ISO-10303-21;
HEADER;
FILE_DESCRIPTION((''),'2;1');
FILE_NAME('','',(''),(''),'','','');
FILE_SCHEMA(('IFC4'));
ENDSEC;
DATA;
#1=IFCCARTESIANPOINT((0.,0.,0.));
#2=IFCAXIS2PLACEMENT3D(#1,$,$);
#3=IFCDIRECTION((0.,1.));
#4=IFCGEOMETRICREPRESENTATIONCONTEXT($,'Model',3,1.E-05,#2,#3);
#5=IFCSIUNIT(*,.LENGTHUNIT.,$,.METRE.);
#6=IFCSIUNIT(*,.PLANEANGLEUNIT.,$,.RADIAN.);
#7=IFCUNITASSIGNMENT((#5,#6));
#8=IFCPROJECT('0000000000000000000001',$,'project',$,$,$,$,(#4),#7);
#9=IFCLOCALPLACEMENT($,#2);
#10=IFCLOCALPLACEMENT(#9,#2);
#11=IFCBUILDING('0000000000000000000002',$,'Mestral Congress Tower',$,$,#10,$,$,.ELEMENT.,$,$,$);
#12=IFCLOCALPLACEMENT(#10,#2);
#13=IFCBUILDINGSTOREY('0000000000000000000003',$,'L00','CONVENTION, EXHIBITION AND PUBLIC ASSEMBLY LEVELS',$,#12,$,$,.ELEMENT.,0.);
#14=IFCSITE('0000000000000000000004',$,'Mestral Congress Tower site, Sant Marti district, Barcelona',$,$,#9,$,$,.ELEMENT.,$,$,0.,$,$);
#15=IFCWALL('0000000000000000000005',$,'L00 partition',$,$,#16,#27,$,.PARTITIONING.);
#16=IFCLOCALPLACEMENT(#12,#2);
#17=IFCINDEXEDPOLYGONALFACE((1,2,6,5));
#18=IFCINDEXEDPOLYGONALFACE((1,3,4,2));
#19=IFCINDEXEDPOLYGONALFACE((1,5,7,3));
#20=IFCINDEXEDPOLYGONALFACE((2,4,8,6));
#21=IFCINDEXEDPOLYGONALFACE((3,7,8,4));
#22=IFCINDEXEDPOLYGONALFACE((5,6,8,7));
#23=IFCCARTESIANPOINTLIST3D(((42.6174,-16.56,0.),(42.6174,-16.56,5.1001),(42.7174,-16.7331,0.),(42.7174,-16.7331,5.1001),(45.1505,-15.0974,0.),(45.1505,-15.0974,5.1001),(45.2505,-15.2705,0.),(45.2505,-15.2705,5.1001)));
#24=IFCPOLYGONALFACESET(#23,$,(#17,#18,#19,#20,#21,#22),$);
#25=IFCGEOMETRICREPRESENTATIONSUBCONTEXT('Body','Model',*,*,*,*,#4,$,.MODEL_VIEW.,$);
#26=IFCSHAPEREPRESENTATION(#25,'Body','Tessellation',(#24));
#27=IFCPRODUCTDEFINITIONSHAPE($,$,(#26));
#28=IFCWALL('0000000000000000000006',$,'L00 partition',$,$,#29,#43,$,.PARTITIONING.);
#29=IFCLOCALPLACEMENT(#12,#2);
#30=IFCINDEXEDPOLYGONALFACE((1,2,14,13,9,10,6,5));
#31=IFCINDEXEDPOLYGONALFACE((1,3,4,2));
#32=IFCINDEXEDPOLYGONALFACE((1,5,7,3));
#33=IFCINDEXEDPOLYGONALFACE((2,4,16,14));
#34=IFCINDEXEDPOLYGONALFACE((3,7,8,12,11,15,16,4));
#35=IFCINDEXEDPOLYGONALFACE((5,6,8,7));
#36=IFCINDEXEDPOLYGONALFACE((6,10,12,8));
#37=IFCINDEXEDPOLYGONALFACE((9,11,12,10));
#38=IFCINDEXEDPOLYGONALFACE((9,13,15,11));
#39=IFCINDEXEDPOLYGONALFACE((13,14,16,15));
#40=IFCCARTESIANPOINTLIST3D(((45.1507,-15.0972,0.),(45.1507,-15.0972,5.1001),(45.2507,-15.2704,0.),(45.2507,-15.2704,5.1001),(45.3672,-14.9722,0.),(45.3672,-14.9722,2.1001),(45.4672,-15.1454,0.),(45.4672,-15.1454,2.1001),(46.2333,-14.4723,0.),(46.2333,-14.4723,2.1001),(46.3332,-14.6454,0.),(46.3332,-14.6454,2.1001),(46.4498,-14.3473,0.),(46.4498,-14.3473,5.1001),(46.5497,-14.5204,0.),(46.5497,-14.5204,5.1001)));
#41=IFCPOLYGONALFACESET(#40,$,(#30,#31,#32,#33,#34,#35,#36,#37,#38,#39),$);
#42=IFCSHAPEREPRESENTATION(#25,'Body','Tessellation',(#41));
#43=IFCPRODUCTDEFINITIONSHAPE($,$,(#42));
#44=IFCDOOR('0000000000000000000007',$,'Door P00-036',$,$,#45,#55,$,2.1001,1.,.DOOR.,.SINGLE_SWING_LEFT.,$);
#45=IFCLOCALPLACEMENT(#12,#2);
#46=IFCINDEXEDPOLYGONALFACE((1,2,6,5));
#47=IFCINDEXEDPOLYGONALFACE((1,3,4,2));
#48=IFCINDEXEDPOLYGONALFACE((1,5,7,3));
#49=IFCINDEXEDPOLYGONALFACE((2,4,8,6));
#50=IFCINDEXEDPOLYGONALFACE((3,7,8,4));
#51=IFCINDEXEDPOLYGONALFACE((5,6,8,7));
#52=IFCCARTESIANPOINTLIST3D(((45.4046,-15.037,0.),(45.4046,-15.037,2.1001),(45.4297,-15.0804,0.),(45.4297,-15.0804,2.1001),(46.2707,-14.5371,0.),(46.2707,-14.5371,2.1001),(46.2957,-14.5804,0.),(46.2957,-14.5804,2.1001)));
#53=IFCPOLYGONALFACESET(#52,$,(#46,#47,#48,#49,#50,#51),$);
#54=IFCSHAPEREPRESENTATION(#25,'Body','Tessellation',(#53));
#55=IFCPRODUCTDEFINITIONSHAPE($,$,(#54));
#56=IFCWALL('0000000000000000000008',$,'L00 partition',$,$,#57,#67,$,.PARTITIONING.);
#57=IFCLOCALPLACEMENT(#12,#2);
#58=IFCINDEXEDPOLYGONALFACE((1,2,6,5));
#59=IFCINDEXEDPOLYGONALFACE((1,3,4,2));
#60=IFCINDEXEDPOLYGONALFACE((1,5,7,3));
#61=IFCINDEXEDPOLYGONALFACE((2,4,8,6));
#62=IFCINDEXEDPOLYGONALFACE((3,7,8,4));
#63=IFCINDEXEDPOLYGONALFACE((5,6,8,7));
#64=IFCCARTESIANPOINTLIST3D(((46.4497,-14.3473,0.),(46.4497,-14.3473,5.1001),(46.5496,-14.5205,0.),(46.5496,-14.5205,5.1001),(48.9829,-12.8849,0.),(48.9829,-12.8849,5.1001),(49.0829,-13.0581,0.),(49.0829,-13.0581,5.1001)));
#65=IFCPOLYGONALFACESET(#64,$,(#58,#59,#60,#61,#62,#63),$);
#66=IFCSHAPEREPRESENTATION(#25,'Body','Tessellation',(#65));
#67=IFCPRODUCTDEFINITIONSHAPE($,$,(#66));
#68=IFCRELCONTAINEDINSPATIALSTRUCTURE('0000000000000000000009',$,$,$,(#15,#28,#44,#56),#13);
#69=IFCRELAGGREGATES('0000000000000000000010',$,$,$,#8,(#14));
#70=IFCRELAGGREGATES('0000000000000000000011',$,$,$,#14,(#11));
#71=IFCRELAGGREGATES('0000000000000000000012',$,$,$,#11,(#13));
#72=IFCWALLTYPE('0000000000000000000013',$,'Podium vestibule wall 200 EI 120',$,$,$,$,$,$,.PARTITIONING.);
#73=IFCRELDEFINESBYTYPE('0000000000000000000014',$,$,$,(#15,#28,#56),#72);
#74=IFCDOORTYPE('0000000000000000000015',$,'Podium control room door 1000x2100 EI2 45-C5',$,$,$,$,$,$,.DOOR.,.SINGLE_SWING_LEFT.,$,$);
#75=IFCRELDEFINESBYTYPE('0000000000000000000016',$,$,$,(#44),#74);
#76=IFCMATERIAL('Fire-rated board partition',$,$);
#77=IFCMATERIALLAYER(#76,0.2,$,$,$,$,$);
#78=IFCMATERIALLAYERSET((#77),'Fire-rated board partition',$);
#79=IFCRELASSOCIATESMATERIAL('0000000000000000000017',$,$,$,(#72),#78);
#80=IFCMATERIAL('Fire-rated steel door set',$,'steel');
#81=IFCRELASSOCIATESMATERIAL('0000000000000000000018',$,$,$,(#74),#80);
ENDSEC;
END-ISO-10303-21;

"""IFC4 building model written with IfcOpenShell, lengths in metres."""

from ifc_helpers import new_model, si_unit, direction, frame, frame_2d, origin, place, context, subcontext, project, spatial, rectangle, extrude, material, layer, layer_set, type_object, element, fill, save


model = new_model("IFC4")

# Units and contexts
model_context = context("Model", 3, precision=1e-05, world=origin(), true_north=direction((0.0, 1.0)))
body_context = subcontext(model_context, "Body", "Model", "MODEL_VIEW")
ifc_project = project(units=[si_unit("LENGTHUNIT", "METRE"), si_unit("PLANEANGLEUNIT", "RADIAN")], contexts=[model_context])

# Site, building, storey
site_placement = place(None, origin())
site = spatial("IfcSite", under=ifc_project, at=site_placement, Name="Mestral Congress Tower site, Sant Marti district, Barcelona", CompositionType="ELEMENT", RefElevation=0.0)
building_placement = place(site_placement, origin())
building = spatial("IfcBuilding", under=site, at=building_placement, Name="Mestral Congress Tower", CompositionType="ELEMENT")
storey_placement = place(building_placement, origin())
storey = spatial("IfcBuildingStorey", under=building, at=storey_placement, Name="L00", Description="CONVENTION, EXHIBITION AND PUBLIC ASSEMBLY LEVELS", CompositionType="ELEMENT", Elevation=0.0)

# Shared definitions
ifc_material_1 = material(Name="Fire-rated steel door set", Category="steel")

# Shared definitions
ifc_material_2 = material(Name="Fire-rated board partition")
ifc_layer_1 = layer(ifc_material_2, 0.2)
ifc_layer_set_1 = layer_set([ifc_layer_1], Name="Fire-rated board partition")
wall_type_1 = type_object("IfcWallType", Name="Podium vestibule wall 200 EI 120", PredefinedType="PARTITIONING", material=ifc_layer_set_1)

# Wall
wall_1_placement = place(storey_placement, frame((42.6675, -16.6465, 0.0), z_axis=(0.0, 0.0, 1.0), x_axis=(0.86601, 0.500026, 0.0)))
element("IfcWall", 1, at=wall_1_placement, inside=storey, type_object=wall_type_1, Name="L00 partition", PredefinedType="PARTITIONING", context=body_context, shape_type="SweptSolid", body=[
    extrude(rectangle(XDim=2.925, YDim=0.2, at=frame_2d((1.4624, 0.0))), origin(), (0.0, 0.0, 1.0), 5.1001),
])

# Wall, opening, door
wall_2_placement = place(storey_placement, frame((46.4998, -14.4338, 0.0), z_axis=(0.0, 0.0, 1.0), x_axis=(-0.866031, -0.49999, 0.0)))
wall_2 = element("IfcWall", 2, at=wall_2_placement, inside=storey, type_object=wall_type_1, Name="L00 partition", PredefinedType="PARTITIONING", context=body_context, shape_type="SweptSolid", body=[
    extrude(rectangle(XDim=1.5, YDim=0.2, at=frame_2d((0.75, 0.0))), origin(), (0.0, 0.0, 1.0), 5.1001),
])
opening_1_placement = place(wall_2_placement, frame((0.25, 0.0, 0.0)))
opening_1 = element("IfcOpeningElement", 3, at=opening_1_placement, cuts=wall_2, PredefinedType="OPENING", context=body_context, shape_type="SweptSolid", body=[
    extrude(rectangle(XDim=1.0, YDim=2.1001, at=frame_2d((0.5, 1.05))), frame((0.0, 0.1099, 0.0), z_axis=(0.0, -1.0, 0.0), x_axis=(1.0, 0.0, 0.0)), (0.0, 0.0, 1.0), 0.22),
])
door_type_1 = type_object("IfcDoorType", Name="Podium control room door 1000x2100 EI2 45-C5", OperationType="SINGLE_SWING_LEFT", PredefinedType="DOOR", material=ifc_material_1)
door_1_placement = place(opening_1_placement, origin())
door_1 = element("IfcDoor", 4, at=door_1_placement, inside=storey, type_object=door_type_1, Name="Door P00-036", OperationType="SINGLE_SWING_LEFT", OverallHeight=2.1001, OverallWidth=1.0, PredefinedType="DOOR", context=body_context, shape_type="SweptSolid", body=[
    extrude(rectangle(XDim=1.0, YDim=2.1001, at=frame_2d((0.5, 1.05))), frame((0.0, 0.0249, 0.0), z_axis=(0.0, -1.0, 0.0), x_axis=(1.0, 0.0, 0.0)), (0.0, 0.0, 1.0), 0.05),
])
fill(opening_1, door_1)

# Wall
wall_3_placement = place(storey_placement, frame((46.4998, -14.4338, 0.0), z_axis=(0.0, 0.0, 1.0), x_axis=(0.866047, 0.499963, 0.0)))
element("IfcWall", 5, at=wall_3_placement, inside=storey, type_object=wall_type_1, Name="L00 partition", PredefinedType="PARTITIONING", context=body_context, shape_type="SweptSolid", body=[
    extrude(rectangle(XDim=2.925, YDim=0.2, at=frame_2d((1.4624, 0.0))), origin(), (0.0, 0.0, 1.0), 5.1001),
])

save(model, "model.ifc")
